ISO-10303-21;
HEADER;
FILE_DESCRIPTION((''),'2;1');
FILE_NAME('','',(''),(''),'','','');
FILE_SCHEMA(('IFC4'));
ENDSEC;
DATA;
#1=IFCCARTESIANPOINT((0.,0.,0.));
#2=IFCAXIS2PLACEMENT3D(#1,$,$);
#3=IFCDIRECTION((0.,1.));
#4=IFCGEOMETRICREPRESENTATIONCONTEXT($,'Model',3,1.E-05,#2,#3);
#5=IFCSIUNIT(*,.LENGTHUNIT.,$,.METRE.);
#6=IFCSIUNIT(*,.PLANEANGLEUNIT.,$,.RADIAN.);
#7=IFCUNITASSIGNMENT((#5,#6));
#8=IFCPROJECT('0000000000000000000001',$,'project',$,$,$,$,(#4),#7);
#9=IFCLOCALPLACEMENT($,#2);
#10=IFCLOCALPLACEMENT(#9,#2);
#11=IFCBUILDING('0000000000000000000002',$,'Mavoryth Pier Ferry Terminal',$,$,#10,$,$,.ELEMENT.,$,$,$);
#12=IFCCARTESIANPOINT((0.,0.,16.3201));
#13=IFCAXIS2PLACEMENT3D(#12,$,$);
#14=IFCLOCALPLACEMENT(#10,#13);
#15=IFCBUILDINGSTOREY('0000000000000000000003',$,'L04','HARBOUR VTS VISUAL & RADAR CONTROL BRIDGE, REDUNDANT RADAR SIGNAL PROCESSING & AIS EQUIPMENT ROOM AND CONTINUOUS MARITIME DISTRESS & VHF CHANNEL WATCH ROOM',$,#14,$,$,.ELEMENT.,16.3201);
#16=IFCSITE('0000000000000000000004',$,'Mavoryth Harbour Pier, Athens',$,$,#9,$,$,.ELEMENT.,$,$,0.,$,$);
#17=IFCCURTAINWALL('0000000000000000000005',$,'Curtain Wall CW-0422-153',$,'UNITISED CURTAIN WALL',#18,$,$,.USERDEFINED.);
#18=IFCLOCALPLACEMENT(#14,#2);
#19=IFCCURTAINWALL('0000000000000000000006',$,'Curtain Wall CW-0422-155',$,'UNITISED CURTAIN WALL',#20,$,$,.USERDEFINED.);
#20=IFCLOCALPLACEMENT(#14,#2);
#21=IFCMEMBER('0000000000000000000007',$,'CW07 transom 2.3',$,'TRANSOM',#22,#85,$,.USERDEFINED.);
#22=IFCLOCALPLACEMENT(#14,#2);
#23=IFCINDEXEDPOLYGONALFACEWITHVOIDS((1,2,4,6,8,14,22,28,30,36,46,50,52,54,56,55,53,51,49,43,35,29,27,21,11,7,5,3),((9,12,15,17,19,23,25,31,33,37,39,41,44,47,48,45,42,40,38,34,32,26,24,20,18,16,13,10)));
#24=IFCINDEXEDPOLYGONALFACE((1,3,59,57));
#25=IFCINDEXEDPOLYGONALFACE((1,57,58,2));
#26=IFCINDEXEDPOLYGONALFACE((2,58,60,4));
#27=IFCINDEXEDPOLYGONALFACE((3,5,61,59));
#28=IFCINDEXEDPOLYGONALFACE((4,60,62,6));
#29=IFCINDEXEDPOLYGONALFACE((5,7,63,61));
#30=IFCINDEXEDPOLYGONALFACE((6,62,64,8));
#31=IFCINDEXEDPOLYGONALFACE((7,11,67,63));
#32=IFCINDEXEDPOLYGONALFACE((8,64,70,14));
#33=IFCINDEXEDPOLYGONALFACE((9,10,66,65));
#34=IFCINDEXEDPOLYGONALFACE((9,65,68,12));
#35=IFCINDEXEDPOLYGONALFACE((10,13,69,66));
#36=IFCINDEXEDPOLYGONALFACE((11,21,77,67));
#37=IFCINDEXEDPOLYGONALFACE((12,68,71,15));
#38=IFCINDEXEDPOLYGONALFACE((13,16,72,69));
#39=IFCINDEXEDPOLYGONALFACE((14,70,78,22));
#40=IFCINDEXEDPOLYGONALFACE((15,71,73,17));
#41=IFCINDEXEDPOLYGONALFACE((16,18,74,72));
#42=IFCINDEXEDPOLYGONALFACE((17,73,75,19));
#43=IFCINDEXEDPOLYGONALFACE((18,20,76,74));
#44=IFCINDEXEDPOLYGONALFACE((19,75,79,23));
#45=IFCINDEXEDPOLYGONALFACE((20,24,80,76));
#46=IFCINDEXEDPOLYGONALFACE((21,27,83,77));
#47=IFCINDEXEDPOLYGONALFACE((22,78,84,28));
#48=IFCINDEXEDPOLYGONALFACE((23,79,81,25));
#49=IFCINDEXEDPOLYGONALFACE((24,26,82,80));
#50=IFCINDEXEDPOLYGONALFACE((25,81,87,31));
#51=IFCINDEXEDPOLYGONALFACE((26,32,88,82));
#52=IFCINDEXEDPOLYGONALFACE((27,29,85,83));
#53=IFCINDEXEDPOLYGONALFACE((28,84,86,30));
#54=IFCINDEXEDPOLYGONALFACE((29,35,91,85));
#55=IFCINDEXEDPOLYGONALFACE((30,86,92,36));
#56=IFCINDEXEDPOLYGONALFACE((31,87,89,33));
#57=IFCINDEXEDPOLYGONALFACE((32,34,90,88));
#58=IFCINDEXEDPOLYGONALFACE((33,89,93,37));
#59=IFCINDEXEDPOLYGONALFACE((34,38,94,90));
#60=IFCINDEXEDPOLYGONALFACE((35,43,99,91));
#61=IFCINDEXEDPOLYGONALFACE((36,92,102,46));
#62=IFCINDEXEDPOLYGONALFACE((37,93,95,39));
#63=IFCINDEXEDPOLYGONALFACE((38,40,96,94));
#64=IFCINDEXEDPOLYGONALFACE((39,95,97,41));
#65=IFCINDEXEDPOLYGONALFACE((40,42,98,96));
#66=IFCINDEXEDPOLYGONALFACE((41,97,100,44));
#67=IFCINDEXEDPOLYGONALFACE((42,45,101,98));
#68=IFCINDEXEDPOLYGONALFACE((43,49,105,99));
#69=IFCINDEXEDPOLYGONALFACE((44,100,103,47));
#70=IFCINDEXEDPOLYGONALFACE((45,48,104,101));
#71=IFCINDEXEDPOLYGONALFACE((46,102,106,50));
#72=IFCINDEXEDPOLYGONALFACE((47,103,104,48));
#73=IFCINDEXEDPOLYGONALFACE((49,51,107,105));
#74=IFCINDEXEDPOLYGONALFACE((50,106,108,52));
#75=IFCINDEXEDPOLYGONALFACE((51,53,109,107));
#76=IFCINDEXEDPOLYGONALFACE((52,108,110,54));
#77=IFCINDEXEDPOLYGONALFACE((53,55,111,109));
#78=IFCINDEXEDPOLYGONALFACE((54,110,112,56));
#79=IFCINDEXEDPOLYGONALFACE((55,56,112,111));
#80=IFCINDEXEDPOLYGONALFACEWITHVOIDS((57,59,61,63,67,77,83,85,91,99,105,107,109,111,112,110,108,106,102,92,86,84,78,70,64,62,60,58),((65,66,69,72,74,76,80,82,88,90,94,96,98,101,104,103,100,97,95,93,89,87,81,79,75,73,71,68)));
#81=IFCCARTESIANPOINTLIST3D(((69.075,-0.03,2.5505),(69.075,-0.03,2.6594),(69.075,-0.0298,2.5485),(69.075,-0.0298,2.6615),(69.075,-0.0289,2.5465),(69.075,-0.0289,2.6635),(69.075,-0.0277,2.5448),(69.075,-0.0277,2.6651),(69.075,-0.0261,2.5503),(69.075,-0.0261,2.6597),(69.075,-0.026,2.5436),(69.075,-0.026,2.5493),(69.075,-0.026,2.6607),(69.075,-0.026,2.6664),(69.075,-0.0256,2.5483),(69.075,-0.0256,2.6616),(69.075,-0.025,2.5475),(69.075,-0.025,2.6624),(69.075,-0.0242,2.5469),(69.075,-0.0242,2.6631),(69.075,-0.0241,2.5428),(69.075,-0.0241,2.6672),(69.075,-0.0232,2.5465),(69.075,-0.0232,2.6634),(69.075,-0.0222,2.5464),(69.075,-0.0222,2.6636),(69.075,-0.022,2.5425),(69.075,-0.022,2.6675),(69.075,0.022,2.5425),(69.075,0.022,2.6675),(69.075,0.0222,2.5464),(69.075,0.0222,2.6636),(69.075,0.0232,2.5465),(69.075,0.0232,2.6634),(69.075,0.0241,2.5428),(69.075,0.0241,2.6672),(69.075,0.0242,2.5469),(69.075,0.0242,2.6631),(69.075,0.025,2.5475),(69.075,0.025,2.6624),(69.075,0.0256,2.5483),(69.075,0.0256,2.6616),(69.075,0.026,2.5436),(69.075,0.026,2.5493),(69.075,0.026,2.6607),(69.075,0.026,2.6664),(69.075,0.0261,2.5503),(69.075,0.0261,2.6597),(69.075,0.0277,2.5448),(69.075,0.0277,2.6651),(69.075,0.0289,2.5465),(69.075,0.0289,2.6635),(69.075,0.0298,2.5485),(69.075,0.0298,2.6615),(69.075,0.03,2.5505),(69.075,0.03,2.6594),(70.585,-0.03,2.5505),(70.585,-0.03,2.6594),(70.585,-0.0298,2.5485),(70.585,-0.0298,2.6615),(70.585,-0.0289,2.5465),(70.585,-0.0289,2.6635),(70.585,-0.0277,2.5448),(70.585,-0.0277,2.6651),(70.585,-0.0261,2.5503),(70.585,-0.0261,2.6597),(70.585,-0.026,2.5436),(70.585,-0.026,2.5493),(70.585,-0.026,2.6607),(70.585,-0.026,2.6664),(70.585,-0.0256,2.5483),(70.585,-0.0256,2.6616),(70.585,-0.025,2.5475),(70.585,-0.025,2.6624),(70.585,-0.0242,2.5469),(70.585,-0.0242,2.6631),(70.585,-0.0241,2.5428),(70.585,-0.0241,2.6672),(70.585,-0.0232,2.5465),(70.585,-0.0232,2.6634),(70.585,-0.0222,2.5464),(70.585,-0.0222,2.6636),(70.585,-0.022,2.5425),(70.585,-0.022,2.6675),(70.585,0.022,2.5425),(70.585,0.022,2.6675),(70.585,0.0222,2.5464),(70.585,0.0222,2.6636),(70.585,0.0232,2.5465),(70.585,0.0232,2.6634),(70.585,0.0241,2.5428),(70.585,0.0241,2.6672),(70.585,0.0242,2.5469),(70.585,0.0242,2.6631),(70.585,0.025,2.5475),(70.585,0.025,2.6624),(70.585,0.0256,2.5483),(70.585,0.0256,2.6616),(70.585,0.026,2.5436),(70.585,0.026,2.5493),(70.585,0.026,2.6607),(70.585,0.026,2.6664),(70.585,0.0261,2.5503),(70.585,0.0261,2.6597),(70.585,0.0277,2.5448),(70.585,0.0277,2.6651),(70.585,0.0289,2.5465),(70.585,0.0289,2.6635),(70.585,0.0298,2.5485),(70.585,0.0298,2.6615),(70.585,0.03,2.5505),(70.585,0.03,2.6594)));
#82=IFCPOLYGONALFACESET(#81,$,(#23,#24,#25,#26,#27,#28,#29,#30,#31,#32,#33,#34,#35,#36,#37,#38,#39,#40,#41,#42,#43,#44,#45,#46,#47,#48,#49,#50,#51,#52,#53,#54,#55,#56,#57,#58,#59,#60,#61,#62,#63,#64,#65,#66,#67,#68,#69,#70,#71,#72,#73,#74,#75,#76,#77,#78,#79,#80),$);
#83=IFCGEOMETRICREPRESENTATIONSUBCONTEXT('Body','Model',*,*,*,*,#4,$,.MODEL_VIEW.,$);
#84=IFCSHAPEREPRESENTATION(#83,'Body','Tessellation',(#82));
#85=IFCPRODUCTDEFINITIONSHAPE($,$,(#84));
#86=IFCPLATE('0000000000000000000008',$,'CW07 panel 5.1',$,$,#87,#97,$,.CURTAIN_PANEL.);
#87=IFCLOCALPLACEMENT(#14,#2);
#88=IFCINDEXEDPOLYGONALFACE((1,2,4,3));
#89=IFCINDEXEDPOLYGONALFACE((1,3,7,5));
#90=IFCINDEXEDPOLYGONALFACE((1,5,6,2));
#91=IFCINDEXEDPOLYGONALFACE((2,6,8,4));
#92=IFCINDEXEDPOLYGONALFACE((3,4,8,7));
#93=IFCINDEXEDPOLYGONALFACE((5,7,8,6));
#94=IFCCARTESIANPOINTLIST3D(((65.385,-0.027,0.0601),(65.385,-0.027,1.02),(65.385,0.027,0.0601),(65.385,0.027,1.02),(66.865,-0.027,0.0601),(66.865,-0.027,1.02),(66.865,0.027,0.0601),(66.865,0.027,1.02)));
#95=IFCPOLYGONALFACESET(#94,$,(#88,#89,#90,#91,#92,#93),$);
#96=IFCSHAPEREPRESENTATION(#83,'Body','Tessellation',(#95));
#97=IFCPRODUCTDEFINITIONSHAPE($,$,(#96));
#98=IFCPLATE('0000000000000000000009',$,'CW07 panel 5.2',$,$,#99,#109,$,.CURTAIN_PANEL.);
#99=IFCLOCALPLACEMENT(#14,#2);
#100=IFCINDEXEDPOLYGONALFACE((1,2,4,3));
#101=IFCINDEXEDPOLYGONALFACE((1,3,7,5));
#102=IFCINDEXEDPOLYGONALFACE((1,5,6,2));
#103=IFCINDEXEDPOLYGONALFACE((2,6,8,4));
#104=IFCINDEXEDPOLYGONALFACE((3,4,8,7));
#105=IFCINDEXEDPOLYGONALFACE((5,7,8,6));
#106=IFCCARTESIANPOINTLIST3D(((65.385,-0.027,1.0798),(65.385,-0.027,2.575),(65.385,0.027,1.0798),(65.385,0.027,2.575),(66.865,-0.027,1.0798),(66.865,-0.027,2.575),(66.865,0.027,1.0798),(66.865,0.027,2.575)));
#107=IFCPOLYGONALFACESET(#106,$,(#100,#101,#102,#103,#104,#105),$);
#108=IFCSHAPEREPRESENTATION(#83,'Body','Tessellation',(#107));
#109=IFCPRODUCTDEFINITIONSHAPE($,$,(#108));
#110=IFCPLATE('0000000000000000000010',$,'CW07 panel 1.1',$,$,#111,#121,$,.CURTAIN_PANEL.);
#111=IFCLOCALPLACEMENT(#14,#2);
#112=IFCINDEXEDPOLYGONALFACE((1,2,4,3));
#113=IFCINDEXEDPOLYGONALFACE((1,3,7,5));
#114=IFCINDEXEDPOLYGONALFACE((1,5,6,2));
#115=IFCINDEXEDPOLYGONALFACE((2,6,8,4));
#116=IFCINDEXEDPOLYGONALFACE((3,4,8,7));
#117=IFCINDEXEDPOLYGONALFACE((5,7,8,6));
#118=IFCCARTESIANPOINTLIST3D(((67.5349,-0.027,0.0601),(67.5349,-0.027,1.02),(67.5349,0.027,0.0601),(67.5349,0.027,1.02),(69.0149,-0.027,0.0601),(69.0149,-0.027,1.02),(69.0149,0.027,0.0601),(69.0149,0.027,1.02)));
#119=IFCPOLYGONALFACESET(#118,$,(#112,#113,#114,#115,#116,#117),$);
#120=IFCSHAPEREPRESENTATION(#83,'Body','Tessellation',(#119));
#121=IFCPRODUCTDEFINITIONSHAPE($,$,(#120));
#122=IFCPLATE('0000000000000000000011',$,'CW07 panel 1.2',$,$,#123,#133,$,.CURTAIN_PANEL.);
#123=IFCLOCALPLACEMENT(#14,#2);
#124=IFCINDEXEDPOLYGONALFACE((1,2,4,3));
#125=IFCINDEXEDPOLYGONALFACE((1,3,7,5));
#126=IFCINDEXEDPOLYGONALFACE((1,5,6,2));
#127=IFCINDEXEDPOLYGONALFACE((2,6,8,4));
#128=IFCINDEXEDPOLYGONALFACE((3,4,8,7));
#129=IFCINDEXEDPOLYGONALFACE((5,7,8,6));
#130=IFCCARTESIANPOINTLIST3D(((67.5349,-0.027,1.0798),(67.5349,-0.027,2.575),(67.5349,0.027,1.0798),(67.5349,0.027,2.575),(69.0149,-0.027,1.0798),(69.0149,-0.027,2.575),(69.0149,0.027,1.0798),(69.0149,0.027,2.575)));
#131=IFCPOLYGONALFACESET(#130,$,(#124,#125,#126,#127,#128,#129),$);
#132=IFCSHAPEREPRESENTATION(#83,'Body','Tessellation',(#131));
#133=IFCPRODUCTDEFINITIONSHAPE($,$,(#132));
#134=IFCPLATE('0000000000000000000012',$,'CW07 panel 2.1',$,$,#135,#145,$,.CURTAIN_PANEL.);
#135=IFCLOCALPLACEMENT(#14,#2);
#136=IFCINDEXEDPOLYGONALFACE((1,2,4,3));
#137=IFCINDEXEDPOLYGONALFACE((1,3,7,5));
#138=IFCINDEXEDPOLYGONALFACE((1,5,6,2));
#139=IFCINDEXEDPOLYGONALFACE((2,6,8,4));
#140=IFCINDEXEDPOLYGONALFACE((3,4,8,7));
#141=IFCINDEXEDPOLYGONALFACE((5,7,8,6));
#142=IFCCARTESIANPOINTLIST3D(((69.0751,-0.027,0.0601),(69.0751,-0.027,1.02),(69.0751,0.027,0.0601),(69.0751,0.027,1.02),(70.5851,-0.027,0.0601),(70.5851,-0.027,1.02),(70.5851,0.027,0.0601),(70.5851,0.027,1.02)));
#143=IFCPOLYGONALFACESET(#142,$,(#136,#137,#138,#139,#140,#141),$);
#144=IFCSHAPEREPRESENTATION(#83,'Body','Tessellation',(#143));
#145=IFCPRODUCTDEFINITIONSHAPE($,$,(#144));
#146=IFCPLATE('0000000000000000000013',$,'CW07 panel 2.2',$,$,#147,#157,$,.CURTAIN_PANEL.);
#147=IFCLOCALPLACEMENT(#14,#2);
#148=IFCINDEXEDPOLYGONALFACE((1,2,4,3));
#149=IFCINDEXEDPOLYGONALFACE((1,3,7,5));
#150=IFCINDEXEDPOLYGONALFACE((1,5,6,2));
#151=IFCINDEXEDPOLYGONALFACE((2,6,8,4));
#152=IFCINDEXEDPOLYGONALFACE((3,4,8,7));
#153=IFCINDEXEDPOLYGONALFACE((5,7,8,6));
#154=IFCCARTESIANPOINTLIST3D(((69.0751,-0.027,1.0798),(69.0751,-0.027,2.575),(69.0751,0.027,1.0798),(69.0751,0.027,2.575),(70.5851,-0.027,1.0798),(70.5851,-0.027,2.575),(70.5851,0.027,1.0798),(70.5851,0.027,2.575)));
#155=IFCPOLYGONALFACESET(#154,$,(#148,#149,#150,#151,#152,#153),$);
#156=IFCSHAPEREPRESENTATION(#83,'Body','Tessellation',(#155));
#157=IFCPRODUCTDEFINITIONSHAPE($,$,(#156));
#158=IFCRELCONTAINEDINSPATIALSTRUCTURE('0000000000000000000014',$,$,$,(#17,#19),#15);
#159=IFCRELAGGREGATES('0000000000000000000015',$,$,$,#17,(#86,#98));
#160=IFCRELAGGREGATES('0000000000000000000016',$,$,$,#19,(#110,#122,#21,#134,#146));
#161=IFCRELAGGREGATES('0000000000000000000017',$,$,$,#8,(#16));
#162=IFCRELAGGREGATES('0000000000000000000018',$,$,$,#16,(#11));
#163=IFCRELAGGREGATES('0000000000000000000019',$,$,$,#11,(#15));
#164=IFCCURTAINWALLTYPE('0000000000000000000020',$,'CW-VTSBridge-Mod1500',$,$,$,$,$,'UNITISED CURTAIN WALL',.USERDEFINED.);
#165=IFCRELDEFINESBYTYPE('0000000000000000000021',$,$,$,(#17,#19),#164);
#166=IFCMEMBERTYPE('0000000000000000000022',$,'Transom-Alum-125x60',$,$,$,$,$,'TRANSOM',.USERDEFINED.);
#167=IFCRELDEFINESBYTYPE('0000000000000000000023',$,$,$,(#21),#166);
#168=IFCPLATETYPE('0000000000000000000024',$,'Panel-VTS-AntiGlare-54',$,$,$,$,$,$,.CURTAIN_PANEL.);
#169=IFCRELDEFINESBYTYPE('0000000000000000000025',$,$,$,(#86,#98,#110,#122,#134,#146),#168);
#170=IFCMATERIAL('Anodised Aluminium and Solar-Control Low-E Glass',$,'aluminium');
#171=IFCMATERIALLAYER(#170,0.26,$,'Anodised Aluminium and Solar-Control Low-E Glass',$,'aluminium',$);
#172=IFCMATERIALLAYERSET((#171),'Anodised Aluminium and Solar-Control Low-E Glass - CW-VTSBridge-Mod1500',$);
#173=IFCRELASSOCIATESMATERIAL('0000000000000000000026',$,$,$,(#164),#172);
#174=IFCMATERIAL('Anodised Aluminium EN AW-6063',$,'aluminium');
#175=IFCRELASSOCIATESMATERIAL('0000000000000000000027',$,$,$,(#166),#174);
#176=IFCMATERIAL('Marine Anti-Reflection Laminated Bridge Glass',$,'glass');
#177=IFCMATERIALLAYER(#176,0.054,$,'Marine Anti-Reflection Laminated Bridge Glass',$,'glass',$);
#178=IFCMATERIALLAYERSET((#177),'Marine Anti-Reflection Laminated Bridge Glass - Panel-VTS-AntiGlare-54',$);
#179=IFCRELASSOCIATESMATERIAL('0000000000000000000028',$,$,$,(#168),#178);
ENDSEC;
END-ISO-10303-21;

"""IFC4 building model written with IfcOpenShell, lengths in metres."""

from ifc_helpers import new_model, si_unit, direction, frame, origin, origin_2d, place, context, subcontext, project, spatial, rectangle, hollow_rectangle, extrude, material, layer, layer_set, material_profile, profile_set, type_object, element, aggregate, save


model = new_model("IFC4")

# Units and contexts
model_context = context("Model", 3, precision=1e-05, world=origin(), true_north=direction((0.0, 1.0)))
body_context = subcontext(model_context, "Body", "Model", "MODEL_VIEW")
ifc_project = project(units=[si_unit("LENGTHUNIT", "METRE"), si_unit("PLANEANGLEUNIT", "RADIAN")], contexts=[model_context])

# Site, building, storey
site_placement = place(None, origin())
site = spatial("IfcSite", under=ifc_project, at=site_placement, Name="Mavoryth Harbour Pier, Athens", CompositionType="ELEMENT", RefElevation=0.0)
building_placement = place(site_placement, origin())
building = spatial("IfcBuilding", under=site, at=building_placement, Name="Mavoryth Pier Ferry Terminal", CompositionType="ELEMENT")
storey_placement = place(building_placement, frame((0.0, 0.0, 16.3201)))
storey = spatial("IfcBuildingStorey", under=building, at=storey_placement, Name="L04", Description="HARBOUR VTS VISUAL & RADAR CONTROL BRIDGE, REDUNDANT RADAR SIGNAL PROCESSING & AIS EQUIPMENT ROOM AND CONTINUOUS MARITIME DISTRESS & VHF CHANNEL WATCH ROOM", CompositionType="ELEMENT", Elevation=16.3201)

# Curtain walls
ifc_material_1 = material(Name="Anodised Aluminium and Solar-Control Low-E Glass", Category="aluminium")
ifc_layer_1 = layer(ifc_material_1, 0.26, Name="Anodised Aluminium and Solar-Control Low-E Glass", Category="aluminium")
ifc_layer_set_1 = layer_set([ifc_layer_1], Name="Anodised Aluminium and Solar-Control Low-E Glass - CW-VTSBridge-Mod1500")
curtain_wall_type = type_object("IfcCurtainWallType", Name="CW-VTSBridge-Mod1500", ElementType="UNITISED CURTAIN WALL", PredefinedType="USERDEFINED", material=ifc_layer_set_1)
curtain_wall_1_placement = place(storey_placement, origin())
curtain_wall_1 = element("IfcCurtainWall", 1, at=curtain_wall_1_placement, inside=storey, type_object=curtain_wall_type, Name="Curtain Wall CW-0422-153", ObjectType="UNITISED CURTAIN WALL", PredefinedType="USERDEFINED")
ifc_material_2 = material(Name="Anodised Aluminium EN AW-6063", Category="aluminium")
curtain_wall_2_placement = place(storey_placement, origin())
curtain_wall_2 = element("IfcCurtainWall", 2, at=curtain_wall_2_placement, inside=storey, type_object=curtain_wall_type, Name="Curtain Wall CW-0422-155", ObjectType="UNITISED CURTAIN WALL", PredefinedType="USERDEFINED")

# Member
ifc_material_profile_1 = material_profile(ifc_material_2, hollow_rectangle(XDim=0.0601, YDim=0.125, WallThickness=0.0039, InnerFilletRadius=0.0039, OuterFilletRadius=0.0081, at=origin_2d()), Name="AL-TRAN 125x60x4", Category="aluminium")
ifc_profile_set_1 = profile_set([ifc_material_profile_1], Name="Anodised Aluminium EN AW-6063 - AL-TRAN 125x60x4")
member_type_1 = type_object("IfcMemberType", Name="Transom-Alum-125x60", ElementType="TRANSOM", PredefinedType="USERDEFINED", material=ifc_profile_set_1)
member_1_placement = place(storey_placement, frame((69.075, 0.0, 2.605), z_axis=(1.0, 0.0, 0.0), x_axis=(0.0, 1.0, 0.0)))
member_1 = element("IfcMember", 3, at=member_1_placement, type_object=member_type_1, Name="CW07 transom 2.3", ObjectType="TRANSOM", PredefinedType="USERDEFINED", context=body_context, shape_type="SweptSolid", body=[
    extrude(hollow_rectangle(XDim=0.0601, YDim=0.125, WallThickness=0.0039, InnerFilletRadius=0.0039, OuterFilletRadius=0.0081, at=origin_2d()), origin(), (0.0, 0.0, 1.0), 1.51),
])

# Plates
ifc_material_3 = material(Name="Marine Anti-Reflection Laminated Bridge Glass", Category="glass")
ifc_layer_2 = layer(ifc_material_3, 0.054, Name="Marine Anti-Reflection Laminated Bridge Glass", Category="glass")
ifc_layer_set_2 = layer_set([ifc_layer_2], Name="Marine Anti-Reflection Laminated Bridge Glass - Panel-VTS-AntiGlare-54")
plate_type = type_object("IfcPlateType", Name="Panel-VTS-AntiGlare-54", PredefinedType="CURTAIN_PANEL", material=ifc_layer_set_2)
plate_1_placement = place(storey_placement, frame((66.125, 0.0, 0.0601), z_axis=(0.0, 0.0, 1.0), x_axis=(1.0, 0.0, 0.0)))
plate_1 = element("IfcPlate", 4, at=plate_1_placement, type_object=plate_type, Name="CW07 panel 5.1", PredefinedType="CURTAIN_PANEL", context=body_context, shape_type="SweptSolid", body=[
    extrude(rectangle(XDim=1.48, YDim=0.054, at=origin_2d()), origin(), (0.0, 0.0, 1.0), 0.96),
])
plate_2_placement = place(storey_placement, frame((66.125, 0.0, 1.0798), z_axis=(0.0, 0.0, 1.0), x_axis=(1.0, 0.0, 0.0)))
plate_2 = element("IfcPlate", 5, at=plate_2_placement, type_object=plate_type, Name="CW07 panel 5.2", PredefinedType="CURTAIN_PANEL", context=body_context, shape_type="SweptSolid", body=[
    extrude(rectangle(XDim=1.48, YDim=0.054, at=origin_2d()), origin(), (0.0, 0.0, 1.0), 1.4951),
])
aggregate(curtain_wall_1, [plate_1, plate_2])
plate_3_placement = place(storey_placement, frame((68.2749, 0.0, 0.0601), z_axis=(0.0, 0.0, 1.0), x_axis=(1.0, 0.0, 0.0)))
plate_3 = element("IfcPlate", 6, at=plate_3_placement, type_object=plate_type, Name="CW07 panel 1.1", PredefinedType="CURTAIN_PANEL", context=body_context, shape_type="SweptSolid", body=[
    extrude(rectangle(XDim=1.48, YDim=0.054, at=origin_2d()), origin(), (0.0, 0.0, 1.0), 0.96),
])
plate_4_placement = place(storey_placement, frame((68.2749, 0.0, 1.0798), z_axis=(0.0, 0.0, 1.0), x_axis=(1.0, 0.0, 0.0)))
plate_4 = element("IfcPlate", 7, at=plate_4_placement, type_object=plate_type, Name="CW07 panel 1.2", PredefinedType="CURTAIN_PANEL", context=body_context, shape_type="SweptSolid", body=[
    extrude(rectangle(XDim=1.48, YDim=0.054, at=origin_2d()), origin(), (0.0, 0.0, 1.0), 1.4951),
])
plate_5_placement = place(storey_placement, frame((69.8301, 0.0, 0.0601), z_axis=(0.0, 0.0, 1.0), x_axis=(1.0, 0.0, 0.0)))
plate_5 = element("IfcPlate", 8, at=plate_5_placement, type_object=plate_type, Name="CW07 panel 2.1", PredefinedType="CURTAIN_PANEL", context=body_context, shape_type="SweptSolid", body=[
    extrude(rectangle(XDim=1.51, YDim=0.054, at=origin_2d()), origin(), (0.0, 0.0, 1.0), 0.96),
])
plate_6_placement = place(storey_placement, frame((69.8301, 0.0, 1.0798), z_axis=(0.0, 0.0, 1.0), x_axis=(1.0, 0.0, 0.0)))
plate_6 = element("IfcPlate", 9, at=plate_6_placement, type_object=plate_type, Name="CW07 panel 2.2", PredefinedType="CURTAIN_PANEL", context=body_context, shape_type="SweptSolid", body=[
    extrude(rectangle(XDim=1.51, YDim=0.054, at=origin_2d()), origin(), (0.0, 0.0, 1.0), 1.4951),
])
aggregate(curtain_wall_2, [plate_3, plate_4, member_1, plate_5, plate_6])

save(model, "model.ifc")
